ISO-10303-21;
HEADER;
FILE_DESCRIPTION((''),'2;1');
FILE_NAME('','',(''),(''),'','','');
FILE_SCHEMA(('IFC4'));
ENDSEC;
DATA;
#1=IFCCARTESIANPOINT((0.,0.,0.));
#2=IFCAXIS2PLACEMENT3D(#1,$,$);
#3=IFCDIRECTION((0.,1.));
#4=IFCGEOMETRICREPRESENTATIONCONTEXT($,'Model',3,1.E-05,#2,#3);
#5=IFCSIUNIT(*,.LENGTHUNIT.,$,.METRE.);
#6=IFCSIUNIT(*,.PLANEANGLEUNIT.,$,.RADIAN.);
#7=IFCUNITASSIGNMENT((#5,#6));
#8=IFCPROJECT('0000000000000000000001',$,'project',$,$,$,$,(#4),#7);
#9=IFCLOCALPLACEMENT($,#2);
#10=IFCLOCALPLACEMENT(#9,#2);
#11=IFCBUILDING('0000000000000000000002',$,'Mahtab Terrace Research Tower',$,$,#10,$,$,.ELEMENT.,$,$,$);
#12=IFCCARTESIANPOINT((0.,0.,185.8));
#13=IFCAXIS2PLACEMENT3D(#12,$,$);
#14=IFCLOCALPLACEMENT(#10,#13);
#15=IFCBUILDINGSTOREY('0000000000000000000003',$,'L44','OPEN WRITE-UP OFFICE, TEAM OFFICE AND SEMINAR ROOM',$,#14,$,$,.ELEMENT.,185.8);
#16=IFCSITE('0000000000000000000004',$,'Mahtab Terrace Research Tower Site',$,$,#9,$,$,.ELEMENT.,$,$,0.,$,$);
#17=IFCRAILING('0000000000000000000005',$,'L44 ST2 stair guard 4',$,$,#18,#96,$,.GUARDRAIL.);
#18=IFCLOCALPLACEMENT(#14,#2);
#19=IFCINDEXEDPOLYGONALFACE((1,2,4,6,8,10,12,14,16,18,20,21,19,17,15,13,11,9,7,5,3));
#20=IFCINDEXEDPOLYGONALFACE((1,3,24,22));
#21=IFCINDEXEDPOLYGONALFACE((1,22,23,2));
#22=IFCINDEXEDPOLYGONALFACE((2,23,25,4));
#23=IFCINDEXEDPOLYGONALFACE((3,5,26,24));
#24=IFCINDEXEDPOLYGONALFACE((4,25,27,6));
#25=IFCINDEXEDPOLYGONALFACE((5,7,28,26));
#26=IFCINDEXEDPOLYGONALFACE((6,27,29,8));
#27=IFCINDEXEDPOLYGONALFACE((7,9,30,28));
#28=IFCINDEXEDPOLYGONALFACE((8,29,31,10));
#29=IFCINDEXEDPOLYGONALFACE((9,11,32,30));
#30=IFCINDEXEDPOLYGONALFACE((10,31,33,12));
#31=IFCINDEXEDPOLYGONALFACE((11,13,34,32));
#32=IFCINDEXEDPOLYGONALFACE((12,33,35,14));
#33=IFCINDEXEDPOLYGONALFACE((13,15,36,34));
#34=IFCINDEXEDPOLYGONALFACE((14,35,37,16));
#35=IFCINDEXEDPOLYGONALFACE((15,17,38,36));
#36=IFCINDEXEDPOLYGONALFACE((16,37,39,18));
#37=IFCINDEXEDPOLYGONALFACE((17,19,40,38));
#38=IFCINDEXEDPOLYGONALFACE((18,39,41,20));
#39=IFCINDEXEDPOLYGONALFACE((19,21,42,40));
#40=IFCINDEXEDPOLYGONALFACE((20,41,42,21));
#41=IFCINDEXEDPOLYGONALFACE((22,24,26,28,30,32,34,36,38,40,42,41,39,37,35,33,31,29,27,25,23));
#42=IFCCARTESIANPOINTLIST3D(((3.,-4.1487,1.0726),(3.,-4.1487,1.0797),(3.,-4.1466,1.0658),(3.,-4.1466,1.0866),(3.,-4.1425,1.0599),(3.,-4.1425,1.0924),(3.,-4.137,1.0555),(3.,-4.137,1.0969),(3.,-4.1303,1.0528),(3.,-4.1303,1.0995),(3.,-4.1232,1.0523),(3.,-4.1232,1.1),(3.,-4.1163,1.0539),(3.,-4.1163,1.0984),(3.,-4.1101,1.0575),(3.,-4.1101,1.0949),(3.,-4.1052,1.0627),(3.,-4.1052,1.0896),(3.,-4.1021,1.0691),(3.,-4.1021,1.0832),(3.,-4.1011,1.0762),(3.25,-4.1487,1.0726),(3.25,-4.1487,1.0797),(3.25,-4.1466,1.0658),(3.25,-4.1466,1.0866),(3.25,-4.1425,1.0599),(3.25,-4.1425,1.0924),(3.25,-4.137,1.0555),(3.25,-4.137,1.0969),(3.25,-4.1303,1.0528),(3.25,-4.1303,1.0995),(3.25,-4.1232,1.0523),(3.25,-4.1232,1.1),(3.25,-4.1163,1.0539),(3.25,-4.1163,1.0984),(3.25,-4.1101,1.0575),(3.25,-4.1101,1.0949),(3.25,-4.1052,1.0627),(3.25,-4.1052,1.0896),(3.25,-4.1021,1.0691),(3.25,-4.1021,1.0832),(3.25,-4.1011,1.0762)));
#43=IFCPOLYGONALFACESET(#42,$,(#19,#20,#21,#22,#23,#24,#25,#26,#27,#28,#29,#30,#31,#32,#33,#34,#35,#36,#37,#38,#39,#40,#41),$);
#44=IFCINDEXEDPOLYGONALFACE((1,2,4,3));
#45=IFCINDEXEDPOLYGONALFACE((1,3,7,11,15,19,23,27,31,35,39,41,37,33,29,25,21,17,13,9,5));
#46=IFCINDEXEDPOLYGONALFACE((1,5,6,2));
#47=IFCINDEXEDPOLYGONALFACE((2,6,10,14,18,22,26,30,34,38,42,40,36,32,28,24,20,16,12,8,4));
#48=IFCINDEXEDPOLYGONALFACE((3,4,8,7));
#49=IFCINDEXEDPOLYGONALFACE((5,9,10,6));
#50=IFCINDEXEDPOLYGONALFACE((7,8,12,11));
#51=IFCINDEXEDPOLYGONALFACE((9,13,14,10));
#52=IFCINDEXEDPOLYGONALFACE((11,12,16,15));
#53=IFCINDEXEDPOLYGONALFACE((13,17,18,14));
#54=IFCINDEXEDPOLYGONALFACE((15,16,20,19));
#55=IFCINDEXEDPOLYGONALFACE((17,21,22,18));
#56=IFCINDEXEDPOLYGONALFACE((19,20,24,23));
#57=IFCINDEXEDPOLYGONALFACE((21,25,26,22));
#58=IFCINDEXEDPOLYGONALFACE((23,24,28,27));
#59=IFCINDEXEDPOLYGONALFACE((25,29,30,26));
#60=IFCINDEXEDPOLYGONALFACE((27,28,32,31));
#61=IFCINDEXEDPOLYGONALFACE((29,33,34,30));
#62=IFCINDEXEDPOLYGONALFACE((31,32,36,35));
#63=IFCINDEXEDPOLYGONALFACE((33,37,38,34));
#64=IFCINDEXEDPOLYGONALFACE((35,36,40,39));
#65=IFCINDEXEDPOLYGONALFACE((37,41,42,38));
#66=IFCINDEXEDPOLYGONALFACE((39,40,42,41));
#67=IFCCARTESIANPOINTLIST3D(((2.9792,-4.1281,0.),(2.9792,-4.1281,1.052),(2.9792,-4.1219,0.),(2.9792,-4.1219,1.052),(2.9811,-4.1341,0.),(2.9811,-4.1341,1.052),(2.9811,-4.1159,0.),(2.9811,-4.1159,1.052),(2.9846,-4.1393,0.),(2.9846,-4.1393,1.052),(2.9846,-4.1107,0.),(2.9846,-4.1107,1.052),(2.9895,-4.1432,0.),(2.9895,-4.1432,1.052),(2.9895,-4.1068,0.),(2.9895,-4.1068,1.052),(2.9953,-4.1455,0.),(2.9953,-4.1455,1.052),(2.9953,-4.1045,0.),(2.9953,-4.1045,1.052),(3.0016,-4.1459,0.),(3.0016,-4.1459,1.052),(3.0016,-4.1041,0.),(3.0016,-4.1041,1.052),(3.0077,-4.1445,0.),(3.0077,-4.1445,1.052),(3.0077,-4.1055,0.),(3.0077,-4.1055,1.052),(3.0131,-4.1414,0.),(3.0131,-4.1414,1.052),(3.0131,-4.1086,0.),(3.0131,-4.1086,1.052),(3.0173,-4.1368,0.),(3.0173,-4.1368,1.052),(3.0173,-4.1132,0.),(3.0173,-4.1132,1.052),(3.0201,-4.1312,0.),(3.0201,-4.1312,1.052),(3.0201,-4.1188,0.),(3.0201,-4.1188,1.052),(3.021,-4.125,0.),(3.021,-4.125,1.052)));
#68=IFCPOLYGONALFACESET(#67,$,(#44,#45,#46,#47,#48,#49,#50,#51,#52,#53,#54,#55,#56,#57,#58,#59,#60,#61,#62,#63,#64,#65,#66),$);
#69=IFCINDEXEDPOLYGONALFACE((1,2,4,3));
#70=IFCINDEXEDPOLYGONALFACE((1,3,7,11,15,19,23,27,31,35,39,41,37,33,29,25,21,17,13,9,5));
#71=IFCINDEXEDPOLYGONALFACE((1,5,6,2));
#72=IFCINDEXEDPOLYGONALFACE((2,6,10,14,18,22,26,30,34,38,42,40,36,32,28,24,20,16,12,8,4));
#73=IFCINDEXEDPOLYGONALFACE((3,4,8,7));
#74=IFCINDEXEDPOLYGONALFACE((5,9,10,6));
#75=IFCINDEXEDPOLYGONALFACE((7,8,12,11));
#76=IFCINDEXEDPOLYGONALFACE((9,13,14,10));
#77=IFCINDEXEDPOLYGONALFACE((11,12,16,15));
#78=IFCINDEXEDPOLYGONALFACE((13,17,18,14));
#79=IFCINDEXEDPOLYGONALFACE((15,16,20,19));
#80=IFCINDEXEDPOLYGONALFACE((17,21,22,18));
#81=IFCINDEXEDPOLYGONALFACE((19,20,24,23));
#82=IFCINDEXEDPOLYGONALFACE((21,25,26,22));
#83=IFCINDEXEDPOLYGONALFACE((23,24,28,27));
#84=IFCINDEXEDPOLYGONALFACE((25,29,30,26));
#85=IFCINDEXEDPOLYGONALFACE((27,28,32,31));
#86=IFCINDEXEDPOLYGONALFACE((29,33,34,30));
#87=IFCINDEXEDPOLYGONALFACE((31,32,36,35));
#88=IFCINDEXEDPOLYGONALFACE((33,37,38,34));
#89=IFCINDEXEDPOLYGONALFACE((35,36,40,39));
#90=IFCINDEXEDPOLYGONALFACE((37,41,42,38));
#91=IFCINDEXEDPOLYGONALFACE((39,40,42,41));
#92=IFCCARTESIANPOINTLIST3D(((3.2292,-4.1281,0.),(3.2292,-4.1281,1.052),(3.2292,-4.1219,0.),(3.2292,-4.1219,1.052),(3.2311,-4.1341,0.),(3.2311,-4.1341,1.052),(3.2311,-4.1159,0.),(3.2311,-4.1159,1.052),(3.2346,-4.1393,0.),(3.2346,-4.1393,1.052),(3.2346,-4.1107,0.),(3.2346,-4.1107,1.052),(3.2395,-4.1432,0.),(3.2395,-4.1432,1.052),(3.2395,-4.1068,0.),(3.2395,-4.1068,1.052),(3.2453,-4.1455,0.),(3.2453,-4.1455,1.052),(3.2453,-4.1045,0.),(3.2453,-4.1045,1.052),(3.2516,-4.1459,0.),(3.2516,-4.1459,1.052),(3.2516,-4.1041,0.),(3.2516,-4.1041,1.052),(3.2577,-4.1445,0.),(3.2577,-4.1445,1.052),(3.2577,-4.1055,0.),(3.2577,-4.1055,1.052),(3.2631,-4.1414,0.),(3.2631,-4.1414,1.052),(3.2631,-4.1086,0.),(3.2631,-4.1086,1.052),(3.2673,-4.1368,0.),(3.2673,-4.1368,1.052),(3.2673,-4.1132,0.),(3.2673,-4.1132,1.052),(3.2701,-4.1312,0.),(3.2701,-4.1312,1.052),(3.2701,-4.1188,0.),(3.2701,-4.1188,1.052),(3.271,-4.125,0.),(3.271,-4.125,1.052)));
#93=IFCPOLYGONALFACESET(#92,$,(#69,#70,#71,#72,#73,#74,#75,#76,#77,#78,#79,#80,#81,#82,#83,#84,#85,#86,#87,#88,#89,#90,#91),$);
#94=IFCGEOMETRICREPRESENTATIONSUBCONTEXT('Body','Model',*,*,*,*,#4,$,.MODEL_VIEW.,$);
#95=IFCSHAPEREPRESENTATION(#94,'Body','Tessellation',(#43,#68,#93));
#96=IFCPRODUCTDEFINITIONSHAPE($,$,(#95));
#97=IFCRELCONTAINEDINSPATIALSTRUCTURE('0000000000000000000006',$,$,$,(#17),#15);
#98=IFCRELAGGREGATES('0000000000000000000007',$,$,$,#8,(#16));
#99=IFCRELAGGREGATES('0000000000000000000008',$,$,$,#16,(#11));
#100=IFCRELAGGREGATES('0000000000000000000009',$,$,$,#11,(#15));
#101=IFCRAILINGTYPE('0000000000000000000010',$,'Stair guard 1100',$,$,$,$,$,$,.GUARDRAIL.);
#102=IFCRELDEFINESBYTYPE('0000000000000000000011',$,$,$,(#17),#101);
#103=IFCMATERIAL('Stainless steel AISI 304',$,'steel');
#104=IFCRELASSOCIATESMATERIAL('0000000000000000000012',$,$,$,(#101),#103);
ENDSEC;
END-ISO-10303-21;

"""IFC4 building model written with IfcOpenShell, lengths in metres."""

from ifc_helpers import new_model, si_unit, direction, frame, origin, origin_2d, place, context, subcontext, project, spatial, circle, extrude, material, type_object, element, save


model = new_model("IFC4")

# Units and contexts
model_context = context("Model", 3, precision=1e-05, world=origin(), true_north=direction((0.0, 1.0)))
body_context = subcontext(model_context, "Body", "Model", "MODEL_VIEW")
ifc_project = project(units=[si_unit("LENGTHUNIT", "METRE"), si_unit("PLANEANGLEUNIT", "RADIAN")], contexts=[model_context])

# Site, building, storey
site_placement = place(None, origin())
site = spatial("IfcSite", under=ifc_project, at=site_placement, Name="Mahtab Terrace Research Tower Site", CompositionType="ELEMENT", RefElevation=0.0)
building_placement = place(site_placement, origin())
building = spatial("IfcBuilding", under=site, at=building_placement, Name="Mahtab Terrace Research Tower", CompositionType="ELEMENT")
storey_placement = place(building_placement, frame((0.0, 0.0, 185.8)))
storey = spatial("IfcBuildingStorey", under=building, at=storey_placement, Name="L44", Description="OPEN WRITE-UP OFFICE, TEAM OFFICE AND SEMINAR ROOM", CompositionType="ELEMENT", Elevation=185.8)

# Railing
ifc_material_1 = material(Name="Stainless steel AISI 304", Category="steel")
railing_type_1 = type_object("IfcRailingType", Name="Stair guard 1100", PredefinedType="GUARDRAIL", material=ifc_material_1)
railing_1_placement = place(storey_placement, frame((3.0, -4.125, 0.0)))
element("IfcRailing", 1, at=railing_1_placement, inside=storey, type_object=railing_type_1, Name="L44 ST2 stair guard 4", PredefinedType="GUARDRAIL", context=body_context, shape_type="SweptSolid", body=[
    extrude(circle(Radius=0.0239, at=origin_2d()), frame((0.0, 0.0, 1.0762), z_axis=(1.0, 0.0, 0.0), x_axis=(0.0, 1.0, 0.0)), (0.0, 0.0, 1.0), 0.25),
    extrude(circle(Radius=0.021, at=origin_2d()), origin(), (0.0, 0.0, 1.0), 1.052),
    extrude(circle(Radius=0.021, at=origin_2d()), frame((0.25, 0.0, 0.0)), (0.0, 0.0, 1.0), 1.052),
])

save(model, "model.ifc")
